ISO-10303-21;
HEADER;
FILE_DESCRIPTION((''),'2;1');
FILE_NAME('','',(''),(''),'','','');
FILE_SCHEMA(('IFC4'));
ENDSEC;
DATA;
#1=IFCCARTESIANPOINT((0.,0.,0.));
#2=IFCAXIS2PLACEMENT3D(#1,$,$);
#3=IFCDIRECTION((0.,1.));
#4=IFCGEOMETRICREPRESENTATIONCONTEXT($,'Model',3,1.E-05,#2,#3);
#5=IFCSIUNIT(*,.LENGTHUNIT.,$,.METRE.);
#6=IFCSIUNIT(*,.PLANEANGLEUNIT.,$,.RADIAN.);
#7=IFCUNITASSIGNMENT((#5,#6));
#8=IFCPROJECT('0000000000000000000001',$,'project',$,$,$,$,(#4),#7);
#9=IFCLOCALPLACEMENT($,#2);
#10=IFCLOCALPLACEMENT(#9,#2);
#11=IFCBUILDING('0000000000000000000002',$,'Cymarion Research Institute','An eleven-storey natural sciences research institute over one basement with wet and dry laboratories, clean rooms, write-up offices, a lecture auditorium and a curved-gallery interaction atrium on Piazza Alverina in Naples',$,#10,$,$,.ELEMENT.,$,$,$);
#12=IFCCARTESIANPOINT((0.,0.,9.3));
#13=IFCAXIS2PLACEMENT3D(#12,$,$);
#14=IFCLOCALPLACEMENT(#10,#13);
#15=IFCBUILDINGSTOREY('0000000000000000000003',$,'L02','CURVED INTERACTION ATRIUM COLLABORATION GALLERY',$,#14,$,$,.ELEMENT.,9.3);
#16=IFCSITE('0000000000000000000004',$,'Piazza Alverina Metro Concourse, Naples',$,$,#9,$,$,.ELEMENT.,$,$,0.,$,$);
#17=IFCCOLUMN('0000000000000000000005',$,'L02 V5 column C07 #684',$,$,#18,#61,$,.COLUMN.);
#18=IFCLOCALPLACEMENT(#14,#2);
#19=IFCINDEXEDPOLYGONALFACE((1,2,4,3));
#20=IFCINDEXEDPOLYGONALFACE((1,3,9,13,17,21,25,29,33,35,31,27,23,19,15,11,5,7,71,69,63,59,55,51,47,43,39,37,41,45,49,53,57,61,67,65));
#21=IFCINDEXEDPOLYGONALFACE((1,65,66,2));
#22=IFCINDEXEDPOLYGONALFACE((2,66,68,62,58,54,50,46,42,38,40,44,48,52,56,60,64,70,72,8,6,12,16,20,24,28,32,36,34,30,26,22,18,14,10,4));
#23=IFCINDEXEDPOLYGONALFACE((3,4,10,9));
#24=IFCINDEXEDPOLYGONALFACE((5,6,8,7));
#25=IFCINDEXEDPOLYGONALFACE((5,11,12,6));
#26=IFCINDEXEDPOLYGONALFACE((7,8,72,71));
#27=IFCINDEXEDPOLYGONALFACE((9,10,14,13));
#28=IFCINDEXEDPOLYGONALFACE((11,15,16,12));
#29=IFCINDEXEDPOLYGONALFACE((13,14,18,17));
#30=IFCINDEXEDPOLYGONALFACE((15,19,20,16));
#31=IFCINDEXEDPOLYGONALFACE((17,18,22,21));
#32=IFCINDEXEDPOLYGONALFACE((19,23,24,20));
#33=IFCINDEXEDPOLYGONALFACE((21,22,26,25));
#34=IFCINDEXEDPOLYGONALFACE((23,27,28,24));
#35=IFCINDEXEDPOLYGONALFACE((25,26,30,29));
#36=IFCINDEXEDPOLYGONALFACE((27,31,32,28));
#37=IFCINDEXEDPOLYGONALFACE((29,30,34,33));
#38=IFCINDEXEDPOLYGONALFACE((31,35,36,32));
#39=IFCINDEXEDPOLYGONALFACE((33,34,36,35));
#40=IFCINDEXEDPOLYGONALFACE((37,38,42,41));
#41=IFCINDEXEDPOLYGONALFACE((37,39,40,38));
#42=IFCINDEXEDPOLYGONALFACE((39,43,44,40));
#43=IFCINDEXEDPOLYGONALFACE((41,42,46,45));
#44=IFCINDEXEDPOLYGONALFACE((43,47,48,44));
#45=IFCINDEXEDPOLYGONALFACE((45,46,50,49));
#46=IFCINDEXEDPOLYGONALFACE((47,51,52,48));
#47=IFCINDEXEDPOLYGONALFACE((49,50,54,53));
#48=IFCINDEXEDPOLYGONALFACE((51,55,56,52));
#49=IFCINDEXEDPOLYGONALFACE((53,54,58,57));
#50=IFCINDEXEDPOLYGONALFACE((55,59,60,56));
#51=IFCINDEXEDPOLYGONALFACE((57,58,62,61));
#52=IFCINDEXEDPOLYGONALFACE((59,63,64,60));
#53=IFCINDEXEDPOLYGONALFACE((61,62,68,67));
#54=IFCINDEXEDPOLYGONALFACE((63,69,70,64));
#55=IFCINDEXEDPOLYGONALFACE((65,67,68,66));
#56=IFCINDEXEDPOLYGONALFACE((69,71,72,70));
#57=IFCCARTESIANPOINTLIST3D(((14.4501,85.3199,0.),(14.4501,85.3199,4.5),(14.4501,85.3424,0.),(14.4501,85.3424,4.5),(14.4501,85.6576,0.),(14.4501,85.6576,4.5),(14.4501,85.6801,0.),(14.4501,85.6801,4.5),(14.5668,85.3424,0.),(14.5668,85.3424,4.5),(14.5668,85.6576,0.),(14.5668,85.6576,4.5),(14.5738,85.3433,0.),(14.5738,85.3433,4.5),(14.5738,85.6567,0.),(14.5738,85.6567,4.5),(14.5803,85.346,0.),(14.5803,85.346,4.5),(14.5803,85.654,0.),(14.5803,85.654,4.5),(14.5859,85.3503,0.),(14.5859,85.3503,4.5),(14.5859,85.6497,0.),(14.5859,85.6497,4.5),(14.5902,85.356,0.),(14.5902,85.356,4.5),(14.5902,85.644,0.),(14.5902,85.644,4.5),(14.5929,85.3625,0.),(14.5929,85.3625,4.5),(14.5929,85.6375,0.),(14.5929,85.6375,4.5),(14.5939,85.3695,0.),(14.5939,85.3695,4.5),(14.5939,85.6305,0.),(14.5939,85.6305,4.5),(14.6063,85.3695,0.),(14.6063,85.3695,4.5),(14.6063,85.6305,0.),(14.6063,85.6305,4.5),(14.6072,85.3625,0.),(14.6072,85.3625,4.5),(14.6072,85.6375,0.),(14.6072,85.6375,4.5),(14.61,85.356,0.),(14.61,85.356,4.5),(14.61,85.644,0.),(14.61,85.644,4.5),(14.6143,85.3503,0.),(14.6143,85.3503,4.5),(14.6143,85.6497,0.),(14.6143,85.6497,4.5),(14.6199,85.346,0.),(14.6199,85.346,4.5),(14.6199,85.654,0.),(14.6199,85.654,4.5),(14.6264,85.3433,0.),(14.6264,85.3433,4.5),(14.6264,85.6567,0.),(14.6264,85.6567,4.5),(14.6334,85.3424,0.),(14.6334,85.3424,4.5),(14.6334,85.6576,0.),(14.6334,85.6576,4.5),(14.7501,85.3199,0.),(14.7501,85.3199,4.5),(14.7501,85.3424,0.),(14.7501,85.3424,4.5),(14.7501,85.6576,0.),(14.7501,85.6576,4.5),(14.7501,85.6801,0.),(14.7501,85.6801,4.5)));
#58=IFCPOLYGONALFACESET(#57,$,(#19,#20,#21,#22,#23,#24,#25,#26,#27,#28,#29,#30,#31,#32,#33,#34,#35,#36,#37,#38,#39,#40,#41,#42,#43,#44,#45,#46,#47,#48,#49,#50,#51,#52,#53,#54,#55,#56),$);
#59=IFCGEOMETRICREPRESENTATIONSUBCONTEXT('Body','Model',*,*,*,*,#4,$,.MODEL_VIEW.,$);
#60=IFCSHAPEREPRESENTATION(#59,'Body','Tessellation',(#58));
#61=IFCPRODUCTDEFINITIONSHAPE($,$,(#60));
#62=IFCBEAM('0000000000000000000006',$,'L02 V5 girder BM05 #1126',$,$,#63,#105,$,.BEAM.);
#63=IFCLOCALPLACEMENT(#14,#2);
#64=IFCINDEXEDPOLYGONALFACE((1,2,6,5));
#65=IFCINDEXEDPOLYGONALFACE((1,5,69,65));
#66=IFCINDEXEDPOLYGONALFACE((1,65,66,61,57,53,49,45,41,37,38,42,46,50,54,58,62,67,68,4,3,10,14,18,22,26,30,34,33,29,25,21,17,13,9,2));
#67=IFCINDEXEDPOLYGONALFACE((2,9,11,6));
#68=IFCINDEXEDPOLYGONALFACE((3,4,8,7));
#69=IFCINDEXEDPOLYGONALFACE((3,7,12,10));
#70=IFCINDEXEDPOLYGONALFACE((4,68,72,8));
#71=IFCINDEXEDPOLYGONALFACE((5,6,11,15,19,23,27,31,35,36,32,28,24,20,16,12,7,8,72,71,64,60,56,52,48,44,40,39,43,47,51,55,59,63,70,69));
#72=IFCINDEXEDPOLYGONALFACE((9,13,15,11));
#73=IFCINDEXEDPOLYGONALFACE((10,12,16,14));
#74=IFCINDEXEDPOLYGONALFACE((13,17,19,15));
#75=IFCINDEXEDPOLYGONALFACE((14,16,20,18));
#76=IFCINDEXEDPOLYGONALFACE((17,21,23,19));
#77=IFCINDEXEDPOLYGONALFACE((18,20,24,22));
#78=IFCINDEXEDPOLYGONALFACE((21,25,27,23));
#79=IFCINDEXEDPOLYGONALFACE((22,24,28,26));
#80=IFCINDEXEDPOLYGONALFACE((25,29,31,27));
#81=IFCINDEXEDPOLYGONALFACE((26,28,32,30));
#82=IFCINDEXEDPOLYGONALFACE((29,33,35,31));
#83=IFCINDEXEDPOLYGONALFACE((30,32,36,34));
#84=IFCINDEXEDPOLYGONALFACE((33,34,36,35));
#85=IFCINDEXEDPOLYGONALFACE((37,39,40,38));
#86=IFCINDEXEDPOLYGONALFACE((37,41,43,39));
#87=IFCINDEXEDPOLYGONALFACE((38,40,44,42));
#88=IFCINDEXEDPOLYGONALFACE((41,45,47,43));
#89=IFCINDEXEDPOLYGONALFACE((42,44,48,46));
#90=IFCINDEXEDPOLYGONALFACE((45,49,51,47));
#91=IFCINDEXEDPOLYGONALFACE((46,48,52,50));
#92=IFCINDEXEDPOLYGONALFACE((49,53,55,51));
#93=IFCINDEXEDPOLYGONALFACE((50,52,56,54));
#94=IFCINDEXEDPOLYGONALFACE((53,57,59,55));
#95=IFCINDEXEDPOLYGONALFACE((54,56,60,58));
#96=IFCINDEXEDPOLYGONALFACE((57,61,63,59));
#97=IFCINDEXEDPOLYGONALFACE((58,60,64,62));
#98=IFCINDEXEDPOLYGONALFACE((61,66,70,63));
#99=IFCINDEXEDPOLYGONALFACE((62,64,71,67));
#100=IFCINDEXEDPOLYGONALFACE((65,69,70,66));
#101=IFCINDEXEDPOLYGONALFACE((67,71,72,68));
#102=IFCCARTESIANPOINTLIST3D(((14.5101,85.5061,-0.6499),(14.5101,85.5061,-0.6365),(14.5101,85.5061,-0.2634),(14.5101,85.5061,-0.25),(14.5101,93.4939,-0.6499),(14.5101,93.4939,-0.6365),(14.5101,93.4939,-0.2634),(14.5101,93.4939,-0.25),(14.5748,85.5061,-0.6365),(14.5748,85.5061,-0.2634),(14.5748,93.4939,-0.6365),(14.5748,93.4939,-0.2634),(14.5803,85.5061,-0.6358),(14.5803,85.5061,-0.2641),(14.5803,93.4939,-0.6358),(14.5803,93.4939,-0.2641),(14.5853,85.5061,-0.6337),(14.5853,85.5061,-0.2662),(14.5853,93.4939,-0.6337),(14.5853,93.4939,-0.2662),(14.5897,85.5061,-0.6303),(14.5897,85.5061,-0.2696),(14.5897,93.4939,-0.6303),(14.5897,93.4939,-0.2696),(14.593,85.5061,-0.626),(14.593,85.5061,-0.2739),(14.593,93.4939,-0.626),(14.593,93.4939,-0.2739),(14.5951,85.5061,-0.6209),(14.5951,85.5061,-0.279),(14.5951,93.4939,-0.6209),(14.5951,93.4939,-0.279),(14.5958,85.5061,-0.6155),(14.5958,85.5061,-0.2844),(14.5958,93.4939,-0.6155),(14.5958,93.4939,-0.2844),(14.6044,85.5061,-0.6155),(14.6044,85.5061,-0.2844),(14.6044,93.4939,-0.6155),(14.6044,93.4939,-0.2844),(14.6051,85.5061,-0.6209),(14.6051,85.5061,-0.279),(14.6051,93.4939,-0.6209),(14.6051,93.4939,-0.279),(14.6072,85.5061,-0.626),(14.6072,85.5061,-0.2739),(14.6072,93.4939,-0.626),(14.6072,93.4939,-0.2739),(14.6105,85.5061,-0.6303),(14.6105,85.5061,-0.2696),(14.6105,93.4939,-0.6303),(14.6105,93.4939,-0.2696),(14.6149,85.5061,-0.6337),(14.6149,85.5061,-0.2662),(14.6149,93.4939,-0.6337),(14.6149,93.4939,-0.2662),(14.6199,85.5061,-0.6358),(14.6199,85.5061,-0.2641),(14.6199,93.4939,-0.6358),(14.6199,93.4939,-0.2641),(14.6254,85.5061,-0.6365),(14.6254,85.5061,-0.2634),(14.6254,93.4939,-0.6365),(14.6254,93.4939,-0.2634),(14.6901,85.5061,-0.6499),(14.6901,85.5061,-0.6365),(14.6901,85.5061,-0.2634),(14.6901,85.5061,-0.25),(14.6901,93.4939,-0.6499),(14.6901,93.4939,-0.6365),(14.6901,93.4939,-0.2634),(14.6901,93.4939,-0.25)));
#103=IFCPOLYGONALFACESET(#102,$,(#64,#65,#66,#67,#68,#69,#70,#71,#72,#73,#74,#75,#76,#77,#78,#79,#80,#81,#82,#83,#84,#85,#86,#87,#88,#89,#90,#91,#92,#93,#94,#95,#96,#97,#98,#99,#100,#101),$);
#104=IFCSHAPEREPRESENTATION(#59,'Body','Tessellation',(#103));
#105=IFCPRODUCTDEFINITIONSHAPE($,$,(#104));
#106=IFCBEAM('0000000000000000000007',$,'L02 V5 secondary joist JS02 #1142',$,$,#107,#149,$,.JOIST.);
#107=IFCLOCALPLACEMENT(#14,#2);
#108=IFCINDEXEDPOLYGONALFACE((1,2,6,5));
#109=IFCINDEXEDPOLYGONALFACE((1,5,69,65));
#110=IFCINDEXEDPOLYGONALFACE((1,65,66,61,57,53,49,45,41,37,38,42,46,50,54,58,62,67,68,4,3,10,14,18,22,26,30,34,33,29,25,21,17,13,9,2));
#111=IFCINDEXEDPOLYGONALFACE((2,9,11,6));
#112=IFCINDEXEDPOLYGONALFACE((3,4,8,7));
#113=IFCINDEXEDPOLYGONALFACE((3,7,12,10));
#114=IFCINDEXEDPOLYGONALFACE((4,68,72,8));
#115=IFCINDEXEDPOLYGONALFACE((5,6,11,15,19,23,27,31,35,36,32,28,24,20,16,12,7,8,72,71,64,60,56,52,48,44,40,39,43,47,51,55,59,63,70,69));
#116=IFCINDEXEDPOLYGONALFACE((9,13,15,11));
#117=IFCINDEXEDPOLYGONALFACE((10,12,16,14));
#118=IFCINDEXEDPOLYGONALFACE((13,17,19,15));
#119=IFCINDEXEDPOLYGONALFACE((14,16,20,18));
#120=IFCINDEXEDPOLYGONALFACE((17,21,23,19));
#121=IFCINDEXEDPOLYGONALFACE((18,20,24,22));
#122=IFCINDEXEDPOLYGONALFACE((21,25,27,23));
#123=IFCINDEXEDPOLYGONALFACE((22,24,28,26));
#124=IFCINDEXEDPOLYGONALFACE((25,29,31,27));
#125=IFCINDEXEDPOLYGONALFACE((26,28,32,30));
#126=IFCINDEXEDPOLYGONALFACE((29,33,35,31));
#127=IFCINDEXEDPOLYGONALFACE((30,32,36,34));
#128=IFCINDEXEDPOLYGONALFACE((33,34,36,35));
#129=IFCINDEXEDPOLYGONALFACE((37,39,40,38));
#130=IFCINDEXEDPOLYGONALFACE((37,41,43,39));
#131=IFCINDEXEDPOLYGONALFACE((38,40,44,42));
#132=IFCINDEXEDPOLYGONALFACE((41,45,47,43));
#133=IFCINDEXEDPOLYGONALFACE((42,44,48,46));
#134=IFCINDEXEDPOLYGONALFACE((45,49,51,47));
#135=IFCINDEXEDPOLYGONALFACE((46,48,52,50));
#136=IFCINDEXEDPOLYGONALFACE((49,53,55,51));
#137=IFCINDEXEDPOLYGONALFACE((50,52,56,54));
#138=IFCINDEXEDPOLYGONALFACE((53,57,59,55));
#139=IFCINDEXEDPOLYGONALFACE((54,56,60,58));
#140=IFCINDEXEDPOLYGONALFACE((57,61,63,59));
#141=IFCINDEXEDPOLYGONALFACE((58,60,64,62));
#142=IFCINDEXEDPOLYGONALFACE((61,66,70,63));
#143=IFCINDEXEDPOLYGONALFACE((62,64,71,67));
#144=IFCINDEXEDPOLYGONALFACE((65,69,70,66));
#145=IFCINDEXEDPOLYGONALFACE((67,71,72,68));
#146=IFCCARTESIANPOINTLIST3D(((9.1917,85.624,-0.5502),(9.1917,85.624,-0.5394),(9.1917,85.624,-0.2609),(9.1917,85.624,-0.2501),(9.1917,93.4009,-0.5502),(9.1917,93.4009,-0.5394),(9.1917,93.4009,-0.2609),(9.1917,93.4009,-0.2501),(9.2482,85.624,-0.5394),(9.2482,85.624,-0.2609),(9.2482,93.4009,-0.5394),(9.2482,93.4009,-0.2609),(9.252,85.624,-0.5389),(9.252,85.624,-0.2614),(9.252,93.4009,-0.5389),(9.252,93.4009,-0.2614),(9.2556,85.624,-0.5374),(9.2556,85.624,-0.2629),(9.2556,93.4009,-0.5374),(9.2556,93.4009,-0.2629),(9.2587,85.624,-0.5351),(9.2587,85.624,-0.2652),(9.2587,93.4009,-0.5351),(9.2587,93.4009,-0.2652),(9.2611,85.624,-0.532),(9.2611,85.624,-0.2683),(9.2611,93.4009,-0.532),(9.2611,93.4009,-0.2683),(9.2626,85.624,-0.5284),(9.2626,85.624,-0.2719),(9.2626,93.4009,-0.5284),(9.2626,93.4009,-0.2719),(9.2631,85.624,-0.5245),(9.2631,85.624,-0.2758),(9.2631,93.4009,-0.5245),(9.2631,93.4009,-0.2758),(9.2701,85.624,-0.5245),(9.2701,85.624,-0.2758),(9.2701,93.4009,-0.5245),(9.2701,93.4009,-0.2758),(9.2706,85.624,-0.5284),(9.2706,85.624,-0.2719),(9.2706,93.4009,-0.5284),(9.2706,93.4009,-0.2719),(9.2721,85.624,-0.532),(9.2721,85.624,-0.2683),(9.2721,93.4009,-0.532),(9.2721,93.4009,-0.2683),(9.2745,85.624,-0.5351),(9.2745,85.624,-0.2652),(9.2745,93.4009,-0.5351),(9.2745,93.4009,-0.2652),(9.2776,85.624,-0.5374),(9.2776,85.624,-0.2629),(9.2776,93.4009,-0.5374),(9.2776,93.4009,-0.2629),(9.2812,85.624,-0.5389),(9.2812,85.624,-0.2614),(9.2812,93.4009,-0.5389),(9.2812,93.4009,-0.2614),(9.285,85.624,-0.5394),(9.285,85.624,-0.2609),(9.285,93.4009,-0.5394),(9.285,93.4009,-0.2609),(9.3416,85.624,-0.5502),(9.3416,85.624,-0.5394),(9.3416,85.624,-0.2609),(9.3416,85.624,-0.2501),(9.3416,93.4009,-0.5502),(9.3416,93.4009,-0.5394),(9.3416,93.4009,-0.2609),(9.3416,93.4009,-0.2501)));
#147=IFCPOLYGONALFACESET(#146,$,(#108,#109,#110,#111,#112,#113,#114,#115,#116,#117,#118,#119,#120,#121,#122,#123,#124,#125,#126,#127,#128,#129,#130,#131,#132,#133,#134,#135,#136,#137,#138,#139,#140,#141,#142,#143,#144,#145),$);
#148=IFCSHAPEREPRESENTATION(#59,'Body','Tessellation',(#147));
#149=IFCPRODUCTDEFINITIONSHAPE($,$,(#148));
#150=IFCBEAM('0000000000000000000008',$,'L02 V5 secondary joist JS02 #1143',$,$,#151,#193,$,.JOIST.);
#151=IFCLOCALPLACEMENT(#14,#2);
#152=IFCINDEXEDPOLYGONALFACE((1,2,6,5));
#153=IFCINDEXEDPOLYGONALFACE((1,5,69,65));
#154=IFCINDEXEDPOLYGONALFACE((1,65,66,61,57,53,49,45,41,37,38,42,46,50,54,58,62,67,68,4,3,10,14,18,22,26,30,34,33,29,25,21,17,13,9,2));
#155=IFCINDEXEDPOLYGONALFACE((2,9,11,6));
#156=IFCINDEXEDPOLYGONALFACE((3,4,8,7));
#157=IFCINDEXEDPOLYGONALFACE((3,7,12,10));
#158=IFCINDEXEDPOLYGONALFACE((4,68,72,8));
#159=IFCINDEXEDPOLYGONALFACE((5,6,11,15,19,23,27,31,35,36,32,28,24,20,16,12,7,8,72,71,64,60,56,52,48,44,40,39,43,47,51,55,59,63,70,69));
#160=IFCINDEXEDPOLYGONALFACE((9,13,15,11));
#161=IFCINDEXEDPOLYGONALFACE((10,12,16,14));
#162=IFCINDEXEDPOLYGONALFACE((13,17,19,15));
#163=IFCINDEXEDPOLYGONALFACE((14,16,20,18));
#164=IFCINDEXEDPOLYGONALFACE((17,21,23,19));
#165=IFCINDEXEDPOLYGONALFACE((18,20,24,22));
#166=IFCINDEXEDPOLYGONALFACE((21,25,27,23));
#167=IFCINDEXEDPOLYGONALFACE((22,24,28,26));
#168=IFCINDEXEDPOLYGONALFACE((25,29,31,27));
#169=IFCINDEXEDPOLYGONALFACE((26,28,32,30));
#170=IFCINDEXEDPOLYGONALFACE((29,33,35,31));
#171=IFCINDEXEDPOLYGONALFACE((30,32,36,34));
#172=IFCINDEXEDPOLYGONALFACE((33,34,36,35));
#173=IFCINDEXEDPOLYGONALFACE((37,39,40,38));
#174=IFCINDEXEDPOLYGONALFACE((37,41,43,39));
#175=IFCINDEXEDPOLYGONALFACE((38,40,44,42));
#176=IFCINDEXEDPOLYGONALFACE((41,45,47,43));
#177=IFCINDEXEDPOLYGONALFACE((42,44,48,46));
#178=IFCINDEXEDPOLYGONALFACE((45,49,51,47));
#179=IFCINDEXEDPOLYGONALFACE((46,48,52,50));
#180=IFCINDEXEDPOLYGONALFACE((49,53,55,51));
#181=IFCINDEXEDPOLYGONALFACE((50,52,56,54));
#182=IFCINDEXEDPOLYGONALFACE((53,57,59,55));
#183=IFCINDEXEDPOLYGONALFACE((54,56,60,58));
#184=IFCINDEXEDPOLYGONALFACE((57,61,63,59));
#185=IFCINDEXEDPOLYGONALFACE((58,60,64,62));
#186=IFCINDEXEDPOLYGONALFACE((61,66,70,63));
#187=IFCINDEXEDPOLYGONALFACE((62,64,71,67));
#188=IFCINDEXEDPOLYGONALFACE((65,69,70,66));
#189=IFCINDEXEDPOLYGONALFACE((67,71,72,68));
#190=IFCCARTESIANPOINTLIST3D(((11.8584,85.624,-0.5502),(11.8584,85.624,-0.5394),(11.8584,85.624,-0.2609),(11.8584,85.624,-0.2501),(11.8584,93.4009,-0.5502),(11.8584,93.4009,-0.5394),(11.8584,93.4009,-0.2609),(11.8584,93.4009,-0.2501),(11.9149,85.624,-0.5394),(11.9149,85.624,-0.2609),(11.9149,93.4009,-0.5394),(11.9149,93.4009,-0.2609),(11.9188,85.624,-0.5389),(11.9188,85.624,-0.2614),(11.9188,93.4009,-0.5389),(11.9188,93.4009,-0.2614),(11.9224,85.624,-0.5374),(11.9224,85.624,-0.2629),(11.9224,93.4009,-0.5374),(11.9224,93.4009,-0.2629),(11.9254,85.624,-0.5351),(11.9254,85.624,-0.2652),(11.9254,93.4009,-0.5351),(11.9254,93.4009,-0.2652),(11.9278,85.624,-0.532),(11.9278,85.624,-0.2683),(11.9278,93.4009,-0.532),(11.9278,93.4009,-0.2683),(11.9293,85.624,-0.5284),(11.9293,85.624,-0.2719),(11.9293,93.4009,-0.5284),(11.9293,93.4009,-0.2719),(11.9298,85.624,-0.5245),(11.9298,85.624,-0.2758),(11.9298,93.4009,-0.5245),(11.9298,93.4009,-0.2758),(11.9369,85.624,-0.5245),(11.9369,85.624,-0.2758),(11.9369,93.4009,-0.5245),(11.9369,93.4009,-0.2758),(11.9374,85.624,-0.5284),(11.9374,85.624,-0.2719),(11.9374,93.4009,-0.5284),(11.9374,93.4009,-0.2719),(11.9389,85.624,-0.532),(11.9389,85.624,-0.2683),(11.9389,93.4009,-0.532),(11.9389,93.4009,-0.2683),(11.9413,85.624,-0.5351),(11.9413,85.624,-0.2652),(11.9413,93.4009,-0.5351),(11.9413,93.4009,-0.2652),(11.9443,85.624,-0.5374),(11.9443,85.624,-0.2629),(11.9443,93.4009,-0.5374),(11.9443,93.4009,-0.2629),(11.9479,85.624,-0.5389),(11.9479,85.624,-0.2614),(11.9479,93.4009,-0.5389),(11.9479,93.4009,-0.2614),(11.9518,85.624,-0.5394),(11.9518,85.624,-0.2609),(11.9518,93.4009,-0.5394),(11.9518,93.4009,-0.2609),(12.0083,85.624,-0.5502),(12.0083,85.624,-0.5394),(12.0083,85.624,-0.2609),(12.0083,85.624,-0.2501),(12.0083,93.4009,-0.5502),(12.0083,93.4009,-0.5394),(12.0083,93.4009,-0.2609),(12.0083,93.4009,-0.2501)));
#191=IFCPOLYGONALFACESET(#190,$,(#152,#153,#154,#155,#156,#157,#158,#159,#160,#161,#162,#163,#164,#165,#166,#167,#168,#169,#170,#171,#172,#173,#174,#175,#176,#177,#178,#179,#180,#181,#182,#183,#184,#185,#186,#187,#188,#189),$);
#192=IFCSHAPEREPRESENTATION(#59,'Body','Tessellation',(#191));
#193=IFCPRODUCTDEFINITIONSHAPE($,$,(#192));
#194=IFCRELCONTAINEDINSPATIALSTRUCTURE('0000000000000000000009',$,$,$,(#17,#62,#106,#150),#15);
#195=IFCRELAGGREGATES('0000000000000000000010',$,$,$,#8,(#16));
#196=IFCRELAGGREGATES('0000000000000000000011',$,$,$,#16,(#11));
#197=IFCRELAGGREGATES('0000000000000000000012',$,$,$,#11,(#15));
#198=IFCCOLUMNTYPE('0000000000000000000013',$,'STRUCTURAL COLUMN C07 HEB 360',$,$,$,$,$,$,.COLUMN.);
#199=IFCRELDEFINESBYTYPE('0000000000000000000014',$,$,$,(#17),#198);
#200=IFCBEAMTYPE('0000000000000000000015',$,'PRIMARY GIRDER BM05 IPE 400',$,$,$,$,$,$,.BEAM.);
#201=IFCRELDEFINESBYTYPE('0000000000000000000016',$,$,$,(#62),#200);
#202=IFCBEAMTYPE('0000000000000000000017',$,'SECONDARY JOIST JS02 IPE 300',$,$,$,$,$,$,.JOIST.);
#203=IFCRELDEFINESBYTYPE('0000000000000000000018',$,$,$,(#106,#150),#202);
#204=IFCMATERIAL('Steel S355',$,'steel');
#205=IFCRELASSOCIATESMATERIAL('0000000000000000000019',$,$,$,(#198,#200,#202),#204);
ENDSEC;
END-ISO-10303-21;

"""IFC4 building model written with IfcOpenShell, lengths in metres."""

from ifc_helpers import new_model, si_unit, direction, frame, origin, origin_2d, place, context, subcontext, project, spatial, i_section, extrude, material, material_profile, profile_set, type_object, element, save


model = new_model("IFC4")

# Units and contexts
model_context = context("Model", 3, precision=1e-05, world=origin(), true_north=direction((0.0, 1.0)))
body_context = subcontext(model_context, "Body", "Model", "MODEL_VIEW")
ifc_project = project(units=[si_unit("LENGTHUNIT", "METRE"), si_unit("PLANEANGLEUNIT", "RADIAN")], contexts=[model_context])

# Site, building, storey
site_placement = place(None, origin())
site = spatial("IfcSite", under=ifc_project, at=site_placement, Name="Piazza Alverina Metro Concourse, Naples", CompositionType="ELEMENT", RefElevation=0.0)
building_placement = place(site_placement, origin())
building = spatial("IfcBuilding", under=site, at=building_placement, Name="Cymarion Research Institute", Description="An eleven-storey natural sciences research institute over one basement with wet and dry laboratories, clean rooms, write-up offices, a lecture auditorium and a curved-gallery interaction atrium on Piazza Alverina in Naples", CompositionType="ELEMENT")
storey_placement = place(building_placement, frame((0.0, 0.0, 9.3)))
storey = spatial("IfcBuildingStorey", under=building, at=storey_placement, Name="L02", Description="CURVED INTERACTION ATRIUM COLLABORATION GALLERY", CompositionType="ELEMENT", Elevation=9.3)

# Column
ifc_material_1 = material(Name="Steel S355", Category="steel")
ifc_material_profile_1 = material_profile(ifc_material_1, i_section(OverallWidth=0.3, OverallDepth=0.3601, WebThickness=0.0125, FlangeThickness=0.0225, FilletRadius=0.0271, at=origin_2d()), Name="HEB 360")
ifc_profile_set_1 = profile_set([ifc_material_profile_1], Name="Steel S355")
column_type = type_object("IfcColumnType", Name="STRUCTURAL COLUMN C07 HEB 360", PredefinedType="COLUMN", material=ifc_profile_set_1)
column_placement = place(storey_placement, frame((14.6001, 85.5, 0.0), z_axis=(0.0, 0.0, 1.0), x_axis=(1.0, 0.0, 0.0)))
element("IfcColumn", 1, at=column_placement, inside=storey, type_object=column_type, Name="L02 V5 column C07 #684", PredefinedType="COLUMN", context=body_context, shape_type="SweptSolid", body=[
    extrude(i_section(OverallWidth=0.3, OverallDepth=0.3601, WebThickness=0.0125, FlangeThickness=0.0225, FilletRadius=0.0271, at=origin_2d()), origin(), (0.0, 0.0, 1.0), 4.5),
])

# Beams
ifc_material_profile_2 = material_profile(ifc_material_1, i_section(OverallWidth=0.1799, OverallDepth=0.3999, WebThickness=0.0085, FlangeThickness=0.0134, FilletRadius=0.021, at=origin_2d()), Name="IPE 400")
ifc_profile_set_2 = profile_set([ifc_material_profile_2], Name="Steel S355")
beam_type_1 = type_object("IfcBeamType", Name="PRIMARY GIRDER BM05 IPE 400", PredefinedType="BEAM", material=ifc_profile_set_2)
beam_1_placement = place(storey_placement, frame((14.6001, 85.5061, -0.45), z_axis=(0.0, 1.0, 0.0), x_axis=(-1.0, 0.0, 0.0)))
element("IfcBeam", 2, at=beam_1_placement, inside=storey, type_object=beam_type_1, Name="L02 V5 girder BM05 #1126", PredefinedType="BEAM", context=body_context, shape_type="SweptSolid", body=[
    extrude(i_section(OverallWidth=0.1799, OverallDepth=0.3999, WebThickness=0.0085, FlangeThickness=0.0134, FilletRadius=0.021, at=origin_2d()), origin(), (0.0, 0.0, 1.0), 7.9878),
])
ifc_material_profile_3 = material_profile(ifc_material_1, i_section(OverallWidth=0.1499, OverallDepth=0.3, WebThickness=0.0071, FlangeThickness=0.0107, FilletRadius=0.0149, at=origin_2d()), Name="IPE 300")
ifc_profile_set_3 = profile_set([ifc_material_profile_3], Name="Steel S355")
beam_type_2 = type_object("IfcBeamType", Name="SECONDARY JOIST JS02 IPE 300", PredefinedType="JOIST", material=ifc_profile_set_3)
for number, where, z_axis, x_axis, name in (
    (3, (9.2666, 85.624, -0.4001), (0.0, 1.0, 0.0), (-1.0, 0.0, 0.0), "L02 V5 secondary joist JS02 #1142"),
    (4, (11.9333, 85.624, -0.4001), (0.0, 1.0, 0.0), (-1.0, 0.0, 0.0), "L02 V5 secondary joist JS02 #1143"),
):
    element("IfcBeam", number, at=place(storey_placement, frame(where, z_axis=z_axis, x_axis=x_axis)), inside=storey, type_object=beam_type_2, Name=name, PredefinedType="JOIST", context=body_context, shape_type="SweptSolid", body=[
        extrude(i_section(OverallWidth=0.1499, OverallDepth=0.3, WebThickness=0.0071, FlangeThickness=0.0107, FilletRadius=0.0149, at=origin_2d()), origin(), (0.0, 0.0, 1.0), 7.7769),
    ])

save(model, "model.ifc")
